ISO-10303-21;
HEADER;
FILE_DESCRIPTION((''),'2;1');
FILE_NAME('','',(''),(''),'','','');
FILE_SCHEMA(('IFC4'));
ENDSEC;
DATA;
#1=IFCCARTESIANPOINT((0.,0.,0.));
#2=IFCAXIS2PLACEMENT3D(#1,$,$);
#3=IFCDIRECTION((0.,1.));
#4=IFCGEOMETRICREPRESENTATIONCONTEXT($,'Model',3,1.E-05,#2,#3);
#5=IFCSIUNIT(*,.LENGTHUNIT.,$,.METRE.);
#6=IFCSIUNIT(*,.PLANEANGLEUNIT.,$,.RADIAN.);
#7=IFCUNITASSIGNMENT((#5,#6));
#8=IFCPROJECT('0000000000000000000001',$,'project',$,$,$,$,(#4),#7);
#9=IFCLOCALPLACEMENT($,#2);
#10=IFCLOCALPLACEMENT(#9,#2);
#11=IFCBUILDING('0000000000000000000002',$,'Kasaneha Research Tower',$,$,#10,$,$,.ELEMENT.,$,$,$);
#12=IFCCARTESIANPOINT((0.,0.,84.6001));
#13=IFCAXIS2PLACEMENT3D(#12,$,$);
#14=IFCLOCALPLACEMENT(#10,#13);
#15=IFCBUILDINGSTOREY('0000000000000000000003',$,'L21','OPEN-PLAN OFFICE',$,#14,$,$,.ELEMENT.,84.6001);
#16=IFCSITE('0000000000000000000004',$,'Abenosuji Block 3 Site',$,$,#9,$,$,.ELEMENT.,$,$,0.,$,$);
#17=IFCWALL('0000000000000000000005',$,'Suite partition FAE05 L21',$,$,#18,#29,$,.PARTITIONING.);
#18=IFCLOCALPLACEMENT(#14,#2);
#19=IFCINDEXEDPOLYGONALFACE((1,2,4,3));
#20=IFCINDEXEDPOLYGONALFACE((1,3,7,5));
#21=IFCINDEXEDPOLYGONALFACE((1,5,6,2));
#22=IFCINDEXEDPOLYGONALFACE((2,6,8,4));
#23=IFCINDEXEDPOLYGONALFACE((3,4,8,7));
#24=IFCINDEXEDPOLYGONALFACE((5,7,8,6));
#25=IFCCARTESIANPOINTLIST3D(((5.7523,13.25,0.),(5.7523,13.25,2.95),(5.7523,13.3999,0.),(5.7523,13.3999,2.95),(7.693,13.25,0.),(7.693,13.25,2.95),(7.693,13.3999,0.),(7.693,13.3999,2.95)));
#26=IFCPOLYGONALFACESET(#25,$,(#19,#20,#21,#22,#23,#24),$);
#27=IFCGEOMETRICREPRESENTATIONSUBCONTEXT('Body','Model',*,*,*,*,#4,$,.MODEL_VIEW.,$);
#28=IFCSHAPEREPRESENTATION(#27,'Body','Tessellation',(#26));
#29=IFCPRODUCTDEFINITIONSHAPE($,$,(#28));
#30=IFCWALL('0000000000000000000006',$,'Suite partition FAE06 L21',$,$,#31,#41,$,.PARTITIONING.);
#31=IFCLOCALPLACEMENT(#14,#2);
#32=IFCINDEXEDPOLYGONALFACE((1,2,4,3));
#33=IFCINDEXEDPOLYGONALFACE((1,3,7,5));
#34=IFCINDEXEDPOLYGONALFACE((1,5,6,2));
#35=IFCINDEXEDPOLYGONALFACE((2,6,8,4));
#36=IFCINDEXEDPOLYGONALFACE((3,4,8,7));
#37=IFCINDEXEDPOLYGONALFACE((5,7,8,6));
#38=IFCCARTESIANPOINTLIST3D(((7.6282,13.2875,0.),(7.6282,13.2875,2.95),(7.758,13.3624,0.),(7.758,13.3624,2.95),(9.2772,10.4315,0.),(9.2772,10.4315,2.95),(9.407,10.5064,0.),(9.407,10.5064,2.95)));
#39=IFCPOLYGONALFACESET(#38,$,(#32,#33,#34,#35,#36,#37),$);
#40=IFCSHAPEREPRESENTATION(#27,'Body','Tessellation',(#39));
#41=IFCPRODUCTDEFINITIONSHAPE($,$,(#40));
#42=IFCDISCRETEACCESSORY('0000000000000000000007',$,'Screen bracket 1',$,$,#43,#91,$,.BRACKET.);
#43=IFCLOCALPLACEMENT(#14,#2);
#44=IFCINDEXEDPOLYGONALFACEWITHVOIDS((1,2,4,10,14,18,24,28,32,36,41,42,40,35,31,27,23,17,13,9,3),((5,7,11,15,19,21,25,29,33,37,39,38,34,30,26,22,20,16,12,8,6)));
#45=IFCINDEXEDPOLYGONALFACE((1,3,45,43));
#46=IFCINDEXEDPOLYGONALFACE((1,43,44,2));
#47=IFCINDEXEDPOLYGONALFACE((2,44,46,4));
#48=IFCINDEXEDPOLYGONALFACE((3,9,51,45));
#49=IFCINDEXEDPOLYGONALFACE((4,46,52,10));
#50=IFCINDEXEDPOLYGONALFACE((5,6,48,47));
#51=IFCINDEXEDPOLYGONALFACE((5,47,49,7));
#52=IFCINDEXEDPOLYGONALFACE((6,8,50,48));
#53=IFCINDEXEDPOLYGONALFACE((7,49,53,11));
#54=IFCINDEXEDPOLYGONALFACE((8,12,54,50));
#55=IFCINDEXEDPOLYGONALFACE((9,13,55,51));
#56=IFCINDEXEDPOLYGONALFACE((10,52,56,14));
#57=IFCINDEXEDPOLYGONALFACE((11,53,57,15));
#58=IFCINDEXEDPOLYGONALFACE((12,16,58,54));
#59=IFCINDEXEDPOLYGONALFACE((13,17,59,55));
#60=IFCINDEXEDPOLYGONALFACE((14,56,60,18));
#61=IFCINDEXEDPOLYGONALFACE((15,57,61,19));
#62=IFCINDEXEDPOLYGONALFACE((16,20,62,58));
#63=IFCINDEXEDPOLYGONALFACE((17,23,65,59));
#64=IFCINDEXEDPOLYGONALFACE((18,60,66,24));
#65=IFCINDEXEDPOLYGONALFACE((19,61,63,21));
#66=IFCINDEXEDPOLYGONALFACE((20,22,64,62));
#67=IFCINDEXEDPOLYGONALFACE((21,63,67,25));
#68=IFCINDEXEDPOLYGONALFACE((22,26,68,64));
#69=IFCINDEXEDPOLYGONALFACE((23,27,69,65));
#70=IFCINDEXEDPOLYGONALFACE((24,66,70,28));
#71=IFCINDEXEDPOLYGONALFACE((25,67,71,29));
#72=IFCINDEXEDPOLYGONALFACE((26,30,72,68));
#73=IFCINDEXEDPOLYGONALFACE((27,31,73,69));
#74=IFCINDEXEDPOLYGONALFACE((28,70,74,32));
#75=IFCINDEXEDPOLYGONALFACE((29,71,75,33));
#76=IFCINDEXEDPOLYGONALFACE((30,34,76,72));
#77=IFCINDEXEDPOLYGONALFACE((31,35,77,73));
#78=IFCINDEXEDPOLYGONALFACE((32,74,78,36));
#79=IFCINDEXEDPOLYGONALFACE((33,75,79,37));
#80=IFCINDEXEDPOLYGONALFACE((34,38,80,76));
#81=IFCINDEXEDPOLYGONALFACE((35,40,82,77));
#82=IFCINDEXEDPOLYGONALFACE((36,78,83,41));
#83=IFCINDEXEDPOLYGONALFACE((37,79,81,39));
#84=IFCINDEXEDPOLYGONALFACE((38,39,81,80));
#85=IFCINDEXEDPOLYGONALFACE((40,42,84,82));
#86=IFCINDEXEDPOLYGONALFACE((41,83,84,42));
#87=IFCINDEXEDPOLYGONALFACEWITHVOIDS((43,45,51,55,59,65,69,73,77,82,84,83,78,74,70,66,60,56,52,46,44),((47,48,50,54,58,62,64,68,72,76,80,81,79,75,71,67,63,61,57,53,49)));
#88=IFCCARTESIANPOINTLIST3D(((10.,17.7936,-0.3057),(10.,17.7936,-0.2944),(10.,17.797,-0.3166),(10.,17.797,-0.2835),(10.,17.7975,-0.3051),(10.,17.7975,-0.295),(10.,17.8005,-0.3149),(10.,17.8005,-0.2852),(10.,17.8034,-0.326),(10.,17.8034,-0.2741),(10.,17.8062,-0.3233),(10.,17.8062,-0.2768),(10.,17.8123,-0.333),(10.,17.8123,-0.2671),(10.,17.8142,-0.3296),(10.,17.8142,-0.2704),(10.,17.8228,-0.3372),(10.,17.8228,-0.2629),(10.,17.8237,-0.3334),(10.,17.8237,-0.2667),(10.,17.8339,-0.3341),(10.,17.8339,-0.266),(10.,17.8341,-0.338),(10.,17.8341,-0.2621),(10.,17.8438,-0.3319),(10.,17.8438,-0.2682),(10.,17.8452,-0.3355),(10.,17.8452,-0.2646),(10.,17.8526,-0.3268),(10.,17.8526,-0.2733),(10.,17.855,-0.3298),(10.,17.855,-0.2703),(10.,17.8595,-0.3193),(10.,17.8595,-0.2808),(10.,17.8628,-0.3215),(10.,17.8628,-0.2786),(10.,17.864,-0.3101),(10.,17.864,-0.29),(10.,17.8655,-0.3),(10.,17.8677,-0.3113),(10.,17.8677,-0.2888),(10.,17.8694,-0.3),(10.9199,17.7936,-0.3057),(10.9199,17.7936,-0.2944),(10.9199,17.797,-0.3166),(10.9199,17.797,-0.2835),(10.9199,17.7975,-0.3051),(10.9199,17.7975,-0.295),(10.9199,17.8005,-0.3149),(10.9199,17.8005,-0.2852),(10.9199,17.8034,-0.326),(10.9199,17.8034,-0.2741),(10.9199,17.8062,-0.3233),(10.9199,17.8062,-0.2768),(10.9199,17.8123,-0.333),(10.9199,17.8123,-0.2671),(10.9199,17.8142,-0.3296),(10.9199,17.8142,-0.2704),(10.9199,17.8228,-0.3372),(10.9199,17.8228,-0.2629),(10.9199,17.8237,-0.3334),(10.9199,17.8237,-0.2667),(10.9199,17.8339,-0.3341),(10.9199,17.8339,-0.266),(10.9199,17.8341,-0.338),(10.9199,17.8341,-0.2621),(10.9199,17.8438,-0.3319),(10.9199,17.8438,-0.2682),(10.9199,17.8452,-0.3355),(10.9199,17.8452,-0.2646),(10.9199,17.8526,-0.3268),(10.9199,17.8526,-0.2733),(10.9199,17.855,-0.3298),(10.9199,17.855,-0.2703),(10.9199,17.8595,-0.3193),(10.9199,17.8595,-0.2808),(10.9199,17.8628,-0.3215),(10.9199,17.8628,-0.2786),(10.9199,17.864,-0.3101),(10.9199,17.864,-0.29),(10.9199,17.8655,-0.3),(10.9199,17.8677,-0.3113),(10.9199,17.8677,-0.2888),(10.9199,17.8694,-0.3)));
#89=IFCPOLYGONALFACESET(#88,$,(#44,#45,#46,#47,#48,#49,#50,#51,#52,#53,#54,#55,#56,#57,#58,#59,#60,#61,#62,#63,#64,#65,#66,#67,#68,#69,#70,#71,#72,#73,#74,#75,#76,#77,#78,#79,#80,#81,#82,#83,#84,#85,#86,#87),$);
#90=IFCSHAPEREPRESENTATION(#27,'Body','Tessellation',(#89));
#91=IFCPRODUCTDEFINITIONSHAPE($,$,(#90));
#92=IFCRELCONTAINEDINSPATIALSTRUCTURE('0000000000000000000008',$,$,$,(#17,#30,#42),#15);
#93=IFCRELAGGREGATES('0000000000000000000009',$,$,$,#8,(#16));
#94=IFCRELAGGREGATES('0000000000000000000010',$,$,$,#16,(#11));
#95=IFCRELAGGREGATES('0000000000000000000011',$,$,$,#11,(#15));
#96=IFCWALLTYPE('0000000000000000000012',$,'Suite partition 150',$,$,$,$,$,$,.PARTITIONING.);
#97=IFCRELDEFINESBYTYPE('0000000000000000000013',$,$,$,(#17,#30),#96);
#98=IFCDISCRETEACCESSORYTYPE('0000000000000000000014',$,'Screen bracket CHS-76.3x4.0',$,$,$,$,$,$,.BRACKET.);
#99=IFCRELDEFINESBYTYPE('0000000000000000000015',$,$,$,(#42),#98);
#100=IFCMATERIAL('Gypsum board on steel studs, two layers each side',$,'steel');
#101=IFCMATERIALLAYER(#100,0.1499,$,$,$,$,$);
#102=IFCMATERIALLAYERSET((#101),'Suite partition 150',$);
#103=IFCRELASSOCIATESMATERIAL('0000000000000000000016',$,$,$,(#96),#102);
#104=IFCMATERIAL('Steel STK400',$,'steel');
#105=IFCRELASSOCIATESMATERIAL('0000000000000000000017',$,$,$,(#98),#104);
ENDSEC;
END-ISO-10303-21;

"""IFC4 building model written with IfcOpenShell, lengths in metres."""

from ifc_helpers import new_model, si_unit, direction, frame, frame_2d, origin, origin_2d, place, context, subcontext, project, spatial, rectangle, hollow_circle, extrude, material, layer, layer_set, material_profile, profile_set, type_object, element, save


model = new_model("IFC4")

# Units and contexts
model_context = context("Model", 3, precision=1e-05, world=origin(), true_north=direction((0.0, 1.0)))
body_context = subcontext(model_context, "Body", "Model", "MODEL_VIEW")
ifc_project = project(units=[si_unit("LENGTHUNIT", "METRE"), si_unit("PLANEANGLEUNIT", "RADIAN")], contexts=[model_context])

# Site, building, storey
site_placement = place(None, origin())
site = spatial("IfcSite", under=ifc_project, at=site_placement, Name="Abenosuji Block 3 Site", CompositionType="ELEMENT", RefElevation=0.0)
building_placement = place(site_placement, origin())
building = spatial("IfcBuilding", under=site, at=building_placement, Name="Kasaneha Research Tower", CompositionType="ELEMENT")
storey_placement = place(building_placement, frame((0.0, 0.0, 84.6001)))
storey = spatial("IfcBuildingStorey", under=building, at=storey_placement, Name="L21", Description="OPEN-PLAN OFFICE", CompositionType="ELEMENT", Elevation=84.6001)

# Shared definitions
ifc_material_1 = material(Name="Gypsum board on steel studs, two layers each side", Category="steel")
ifc_layer_1 = layer(ifc_material_1, 0.1499)
ifc_layer_set_1 = layer_set([ifc_layer_1], Name="Suite partition 150")
wall_type_1 = type_object("IfcWallType", Name="Suite partition 150", PredefinedType="PARTITIONING", material=ifc_layer_set_1)

# Walls
wall_1_placement = place(storey_placement, frame((5.7524, 13.325, 0.0), z_axis=(0.0, 0.0, 1.0), x_axis=(1.0, 0.0, 0.0)))
element("IfcWall", 1, at=wall_1_placement, inside=storey, type_object=wall_type_1, Name="Suite partition FAE05 L21", PredefinedType="PARTITIONING", context=body_context, shape_type="SweptSolid", body=[
    extrude(rectangle(XDim=1.9407, YDim=0.1499, at=frame_2d((0.9702, 0.0))), origin(), (0.0, 0.0, 1.0), 2.95),
])
wall_2_placement = place(storey_placement, frame((7.6931, 13.325, 0.0), z_axis=(0.0, 0.0, 1.0), x_axis=(0.500009, -0.86602, 0.0)))
element("IfcWall", 2, at=wall_2_placement, inside=storey, type_object=wall_type_1, Name="Suite partition FAE06 L21", PredefinedType="PARTITIONING", context=body_context, shape_type="SweptSolid", body=[
    extrude(rectangle(XDim=3.2979, YDim=0.1499, at=frame_2d((1.6489, 0.0))), origin(), (0.0, 0.0, 1.0), 2.95),
])

# Discrete accessory
ifc_material_2 = material(Name="Steel STK400", Category="steel")
ifc_material_profile_1 = material_profile(ifc_material_2, hollow_circle(Radius=0.0381, WallThickness=0.0039, at=origin_2d()), Name="CHS-76.3x4.0")
ifc_profile_set_1 = profile_set([ifc_material_profile_1], Name="Steel STK400")
discrete_accessory_type = type_object("IfcDiscreteAccessoryType", Name="Screen bracket CHS-76.3x4.0", PredefinedType="BRACKET", material=ifc_profile_set_1)
discrete_accessory_placement = place(storey_placement, frame((10.0, 17.8313, -0.3), z_axis=(1.0, 0.0, 0.0), x_axis=(0.0, 1.0, 0.0)))
element("IfcDiscreteAccessory", 3, at=discrete_accessory_placement, inside=storey, type_object=discrete_accessory_type, Name="Screen bracket 1", PredefinedType="BRACKET", context=body_context, shape_type="SweptSolid", body=[
    extrude(hollow_circle(Radius=0.0381, WallThickness=0.0039, at=origin_2d()), origin(), (0.0, 0.0, 1.0), 0.9199),
])

save(model, "model.ifc")
